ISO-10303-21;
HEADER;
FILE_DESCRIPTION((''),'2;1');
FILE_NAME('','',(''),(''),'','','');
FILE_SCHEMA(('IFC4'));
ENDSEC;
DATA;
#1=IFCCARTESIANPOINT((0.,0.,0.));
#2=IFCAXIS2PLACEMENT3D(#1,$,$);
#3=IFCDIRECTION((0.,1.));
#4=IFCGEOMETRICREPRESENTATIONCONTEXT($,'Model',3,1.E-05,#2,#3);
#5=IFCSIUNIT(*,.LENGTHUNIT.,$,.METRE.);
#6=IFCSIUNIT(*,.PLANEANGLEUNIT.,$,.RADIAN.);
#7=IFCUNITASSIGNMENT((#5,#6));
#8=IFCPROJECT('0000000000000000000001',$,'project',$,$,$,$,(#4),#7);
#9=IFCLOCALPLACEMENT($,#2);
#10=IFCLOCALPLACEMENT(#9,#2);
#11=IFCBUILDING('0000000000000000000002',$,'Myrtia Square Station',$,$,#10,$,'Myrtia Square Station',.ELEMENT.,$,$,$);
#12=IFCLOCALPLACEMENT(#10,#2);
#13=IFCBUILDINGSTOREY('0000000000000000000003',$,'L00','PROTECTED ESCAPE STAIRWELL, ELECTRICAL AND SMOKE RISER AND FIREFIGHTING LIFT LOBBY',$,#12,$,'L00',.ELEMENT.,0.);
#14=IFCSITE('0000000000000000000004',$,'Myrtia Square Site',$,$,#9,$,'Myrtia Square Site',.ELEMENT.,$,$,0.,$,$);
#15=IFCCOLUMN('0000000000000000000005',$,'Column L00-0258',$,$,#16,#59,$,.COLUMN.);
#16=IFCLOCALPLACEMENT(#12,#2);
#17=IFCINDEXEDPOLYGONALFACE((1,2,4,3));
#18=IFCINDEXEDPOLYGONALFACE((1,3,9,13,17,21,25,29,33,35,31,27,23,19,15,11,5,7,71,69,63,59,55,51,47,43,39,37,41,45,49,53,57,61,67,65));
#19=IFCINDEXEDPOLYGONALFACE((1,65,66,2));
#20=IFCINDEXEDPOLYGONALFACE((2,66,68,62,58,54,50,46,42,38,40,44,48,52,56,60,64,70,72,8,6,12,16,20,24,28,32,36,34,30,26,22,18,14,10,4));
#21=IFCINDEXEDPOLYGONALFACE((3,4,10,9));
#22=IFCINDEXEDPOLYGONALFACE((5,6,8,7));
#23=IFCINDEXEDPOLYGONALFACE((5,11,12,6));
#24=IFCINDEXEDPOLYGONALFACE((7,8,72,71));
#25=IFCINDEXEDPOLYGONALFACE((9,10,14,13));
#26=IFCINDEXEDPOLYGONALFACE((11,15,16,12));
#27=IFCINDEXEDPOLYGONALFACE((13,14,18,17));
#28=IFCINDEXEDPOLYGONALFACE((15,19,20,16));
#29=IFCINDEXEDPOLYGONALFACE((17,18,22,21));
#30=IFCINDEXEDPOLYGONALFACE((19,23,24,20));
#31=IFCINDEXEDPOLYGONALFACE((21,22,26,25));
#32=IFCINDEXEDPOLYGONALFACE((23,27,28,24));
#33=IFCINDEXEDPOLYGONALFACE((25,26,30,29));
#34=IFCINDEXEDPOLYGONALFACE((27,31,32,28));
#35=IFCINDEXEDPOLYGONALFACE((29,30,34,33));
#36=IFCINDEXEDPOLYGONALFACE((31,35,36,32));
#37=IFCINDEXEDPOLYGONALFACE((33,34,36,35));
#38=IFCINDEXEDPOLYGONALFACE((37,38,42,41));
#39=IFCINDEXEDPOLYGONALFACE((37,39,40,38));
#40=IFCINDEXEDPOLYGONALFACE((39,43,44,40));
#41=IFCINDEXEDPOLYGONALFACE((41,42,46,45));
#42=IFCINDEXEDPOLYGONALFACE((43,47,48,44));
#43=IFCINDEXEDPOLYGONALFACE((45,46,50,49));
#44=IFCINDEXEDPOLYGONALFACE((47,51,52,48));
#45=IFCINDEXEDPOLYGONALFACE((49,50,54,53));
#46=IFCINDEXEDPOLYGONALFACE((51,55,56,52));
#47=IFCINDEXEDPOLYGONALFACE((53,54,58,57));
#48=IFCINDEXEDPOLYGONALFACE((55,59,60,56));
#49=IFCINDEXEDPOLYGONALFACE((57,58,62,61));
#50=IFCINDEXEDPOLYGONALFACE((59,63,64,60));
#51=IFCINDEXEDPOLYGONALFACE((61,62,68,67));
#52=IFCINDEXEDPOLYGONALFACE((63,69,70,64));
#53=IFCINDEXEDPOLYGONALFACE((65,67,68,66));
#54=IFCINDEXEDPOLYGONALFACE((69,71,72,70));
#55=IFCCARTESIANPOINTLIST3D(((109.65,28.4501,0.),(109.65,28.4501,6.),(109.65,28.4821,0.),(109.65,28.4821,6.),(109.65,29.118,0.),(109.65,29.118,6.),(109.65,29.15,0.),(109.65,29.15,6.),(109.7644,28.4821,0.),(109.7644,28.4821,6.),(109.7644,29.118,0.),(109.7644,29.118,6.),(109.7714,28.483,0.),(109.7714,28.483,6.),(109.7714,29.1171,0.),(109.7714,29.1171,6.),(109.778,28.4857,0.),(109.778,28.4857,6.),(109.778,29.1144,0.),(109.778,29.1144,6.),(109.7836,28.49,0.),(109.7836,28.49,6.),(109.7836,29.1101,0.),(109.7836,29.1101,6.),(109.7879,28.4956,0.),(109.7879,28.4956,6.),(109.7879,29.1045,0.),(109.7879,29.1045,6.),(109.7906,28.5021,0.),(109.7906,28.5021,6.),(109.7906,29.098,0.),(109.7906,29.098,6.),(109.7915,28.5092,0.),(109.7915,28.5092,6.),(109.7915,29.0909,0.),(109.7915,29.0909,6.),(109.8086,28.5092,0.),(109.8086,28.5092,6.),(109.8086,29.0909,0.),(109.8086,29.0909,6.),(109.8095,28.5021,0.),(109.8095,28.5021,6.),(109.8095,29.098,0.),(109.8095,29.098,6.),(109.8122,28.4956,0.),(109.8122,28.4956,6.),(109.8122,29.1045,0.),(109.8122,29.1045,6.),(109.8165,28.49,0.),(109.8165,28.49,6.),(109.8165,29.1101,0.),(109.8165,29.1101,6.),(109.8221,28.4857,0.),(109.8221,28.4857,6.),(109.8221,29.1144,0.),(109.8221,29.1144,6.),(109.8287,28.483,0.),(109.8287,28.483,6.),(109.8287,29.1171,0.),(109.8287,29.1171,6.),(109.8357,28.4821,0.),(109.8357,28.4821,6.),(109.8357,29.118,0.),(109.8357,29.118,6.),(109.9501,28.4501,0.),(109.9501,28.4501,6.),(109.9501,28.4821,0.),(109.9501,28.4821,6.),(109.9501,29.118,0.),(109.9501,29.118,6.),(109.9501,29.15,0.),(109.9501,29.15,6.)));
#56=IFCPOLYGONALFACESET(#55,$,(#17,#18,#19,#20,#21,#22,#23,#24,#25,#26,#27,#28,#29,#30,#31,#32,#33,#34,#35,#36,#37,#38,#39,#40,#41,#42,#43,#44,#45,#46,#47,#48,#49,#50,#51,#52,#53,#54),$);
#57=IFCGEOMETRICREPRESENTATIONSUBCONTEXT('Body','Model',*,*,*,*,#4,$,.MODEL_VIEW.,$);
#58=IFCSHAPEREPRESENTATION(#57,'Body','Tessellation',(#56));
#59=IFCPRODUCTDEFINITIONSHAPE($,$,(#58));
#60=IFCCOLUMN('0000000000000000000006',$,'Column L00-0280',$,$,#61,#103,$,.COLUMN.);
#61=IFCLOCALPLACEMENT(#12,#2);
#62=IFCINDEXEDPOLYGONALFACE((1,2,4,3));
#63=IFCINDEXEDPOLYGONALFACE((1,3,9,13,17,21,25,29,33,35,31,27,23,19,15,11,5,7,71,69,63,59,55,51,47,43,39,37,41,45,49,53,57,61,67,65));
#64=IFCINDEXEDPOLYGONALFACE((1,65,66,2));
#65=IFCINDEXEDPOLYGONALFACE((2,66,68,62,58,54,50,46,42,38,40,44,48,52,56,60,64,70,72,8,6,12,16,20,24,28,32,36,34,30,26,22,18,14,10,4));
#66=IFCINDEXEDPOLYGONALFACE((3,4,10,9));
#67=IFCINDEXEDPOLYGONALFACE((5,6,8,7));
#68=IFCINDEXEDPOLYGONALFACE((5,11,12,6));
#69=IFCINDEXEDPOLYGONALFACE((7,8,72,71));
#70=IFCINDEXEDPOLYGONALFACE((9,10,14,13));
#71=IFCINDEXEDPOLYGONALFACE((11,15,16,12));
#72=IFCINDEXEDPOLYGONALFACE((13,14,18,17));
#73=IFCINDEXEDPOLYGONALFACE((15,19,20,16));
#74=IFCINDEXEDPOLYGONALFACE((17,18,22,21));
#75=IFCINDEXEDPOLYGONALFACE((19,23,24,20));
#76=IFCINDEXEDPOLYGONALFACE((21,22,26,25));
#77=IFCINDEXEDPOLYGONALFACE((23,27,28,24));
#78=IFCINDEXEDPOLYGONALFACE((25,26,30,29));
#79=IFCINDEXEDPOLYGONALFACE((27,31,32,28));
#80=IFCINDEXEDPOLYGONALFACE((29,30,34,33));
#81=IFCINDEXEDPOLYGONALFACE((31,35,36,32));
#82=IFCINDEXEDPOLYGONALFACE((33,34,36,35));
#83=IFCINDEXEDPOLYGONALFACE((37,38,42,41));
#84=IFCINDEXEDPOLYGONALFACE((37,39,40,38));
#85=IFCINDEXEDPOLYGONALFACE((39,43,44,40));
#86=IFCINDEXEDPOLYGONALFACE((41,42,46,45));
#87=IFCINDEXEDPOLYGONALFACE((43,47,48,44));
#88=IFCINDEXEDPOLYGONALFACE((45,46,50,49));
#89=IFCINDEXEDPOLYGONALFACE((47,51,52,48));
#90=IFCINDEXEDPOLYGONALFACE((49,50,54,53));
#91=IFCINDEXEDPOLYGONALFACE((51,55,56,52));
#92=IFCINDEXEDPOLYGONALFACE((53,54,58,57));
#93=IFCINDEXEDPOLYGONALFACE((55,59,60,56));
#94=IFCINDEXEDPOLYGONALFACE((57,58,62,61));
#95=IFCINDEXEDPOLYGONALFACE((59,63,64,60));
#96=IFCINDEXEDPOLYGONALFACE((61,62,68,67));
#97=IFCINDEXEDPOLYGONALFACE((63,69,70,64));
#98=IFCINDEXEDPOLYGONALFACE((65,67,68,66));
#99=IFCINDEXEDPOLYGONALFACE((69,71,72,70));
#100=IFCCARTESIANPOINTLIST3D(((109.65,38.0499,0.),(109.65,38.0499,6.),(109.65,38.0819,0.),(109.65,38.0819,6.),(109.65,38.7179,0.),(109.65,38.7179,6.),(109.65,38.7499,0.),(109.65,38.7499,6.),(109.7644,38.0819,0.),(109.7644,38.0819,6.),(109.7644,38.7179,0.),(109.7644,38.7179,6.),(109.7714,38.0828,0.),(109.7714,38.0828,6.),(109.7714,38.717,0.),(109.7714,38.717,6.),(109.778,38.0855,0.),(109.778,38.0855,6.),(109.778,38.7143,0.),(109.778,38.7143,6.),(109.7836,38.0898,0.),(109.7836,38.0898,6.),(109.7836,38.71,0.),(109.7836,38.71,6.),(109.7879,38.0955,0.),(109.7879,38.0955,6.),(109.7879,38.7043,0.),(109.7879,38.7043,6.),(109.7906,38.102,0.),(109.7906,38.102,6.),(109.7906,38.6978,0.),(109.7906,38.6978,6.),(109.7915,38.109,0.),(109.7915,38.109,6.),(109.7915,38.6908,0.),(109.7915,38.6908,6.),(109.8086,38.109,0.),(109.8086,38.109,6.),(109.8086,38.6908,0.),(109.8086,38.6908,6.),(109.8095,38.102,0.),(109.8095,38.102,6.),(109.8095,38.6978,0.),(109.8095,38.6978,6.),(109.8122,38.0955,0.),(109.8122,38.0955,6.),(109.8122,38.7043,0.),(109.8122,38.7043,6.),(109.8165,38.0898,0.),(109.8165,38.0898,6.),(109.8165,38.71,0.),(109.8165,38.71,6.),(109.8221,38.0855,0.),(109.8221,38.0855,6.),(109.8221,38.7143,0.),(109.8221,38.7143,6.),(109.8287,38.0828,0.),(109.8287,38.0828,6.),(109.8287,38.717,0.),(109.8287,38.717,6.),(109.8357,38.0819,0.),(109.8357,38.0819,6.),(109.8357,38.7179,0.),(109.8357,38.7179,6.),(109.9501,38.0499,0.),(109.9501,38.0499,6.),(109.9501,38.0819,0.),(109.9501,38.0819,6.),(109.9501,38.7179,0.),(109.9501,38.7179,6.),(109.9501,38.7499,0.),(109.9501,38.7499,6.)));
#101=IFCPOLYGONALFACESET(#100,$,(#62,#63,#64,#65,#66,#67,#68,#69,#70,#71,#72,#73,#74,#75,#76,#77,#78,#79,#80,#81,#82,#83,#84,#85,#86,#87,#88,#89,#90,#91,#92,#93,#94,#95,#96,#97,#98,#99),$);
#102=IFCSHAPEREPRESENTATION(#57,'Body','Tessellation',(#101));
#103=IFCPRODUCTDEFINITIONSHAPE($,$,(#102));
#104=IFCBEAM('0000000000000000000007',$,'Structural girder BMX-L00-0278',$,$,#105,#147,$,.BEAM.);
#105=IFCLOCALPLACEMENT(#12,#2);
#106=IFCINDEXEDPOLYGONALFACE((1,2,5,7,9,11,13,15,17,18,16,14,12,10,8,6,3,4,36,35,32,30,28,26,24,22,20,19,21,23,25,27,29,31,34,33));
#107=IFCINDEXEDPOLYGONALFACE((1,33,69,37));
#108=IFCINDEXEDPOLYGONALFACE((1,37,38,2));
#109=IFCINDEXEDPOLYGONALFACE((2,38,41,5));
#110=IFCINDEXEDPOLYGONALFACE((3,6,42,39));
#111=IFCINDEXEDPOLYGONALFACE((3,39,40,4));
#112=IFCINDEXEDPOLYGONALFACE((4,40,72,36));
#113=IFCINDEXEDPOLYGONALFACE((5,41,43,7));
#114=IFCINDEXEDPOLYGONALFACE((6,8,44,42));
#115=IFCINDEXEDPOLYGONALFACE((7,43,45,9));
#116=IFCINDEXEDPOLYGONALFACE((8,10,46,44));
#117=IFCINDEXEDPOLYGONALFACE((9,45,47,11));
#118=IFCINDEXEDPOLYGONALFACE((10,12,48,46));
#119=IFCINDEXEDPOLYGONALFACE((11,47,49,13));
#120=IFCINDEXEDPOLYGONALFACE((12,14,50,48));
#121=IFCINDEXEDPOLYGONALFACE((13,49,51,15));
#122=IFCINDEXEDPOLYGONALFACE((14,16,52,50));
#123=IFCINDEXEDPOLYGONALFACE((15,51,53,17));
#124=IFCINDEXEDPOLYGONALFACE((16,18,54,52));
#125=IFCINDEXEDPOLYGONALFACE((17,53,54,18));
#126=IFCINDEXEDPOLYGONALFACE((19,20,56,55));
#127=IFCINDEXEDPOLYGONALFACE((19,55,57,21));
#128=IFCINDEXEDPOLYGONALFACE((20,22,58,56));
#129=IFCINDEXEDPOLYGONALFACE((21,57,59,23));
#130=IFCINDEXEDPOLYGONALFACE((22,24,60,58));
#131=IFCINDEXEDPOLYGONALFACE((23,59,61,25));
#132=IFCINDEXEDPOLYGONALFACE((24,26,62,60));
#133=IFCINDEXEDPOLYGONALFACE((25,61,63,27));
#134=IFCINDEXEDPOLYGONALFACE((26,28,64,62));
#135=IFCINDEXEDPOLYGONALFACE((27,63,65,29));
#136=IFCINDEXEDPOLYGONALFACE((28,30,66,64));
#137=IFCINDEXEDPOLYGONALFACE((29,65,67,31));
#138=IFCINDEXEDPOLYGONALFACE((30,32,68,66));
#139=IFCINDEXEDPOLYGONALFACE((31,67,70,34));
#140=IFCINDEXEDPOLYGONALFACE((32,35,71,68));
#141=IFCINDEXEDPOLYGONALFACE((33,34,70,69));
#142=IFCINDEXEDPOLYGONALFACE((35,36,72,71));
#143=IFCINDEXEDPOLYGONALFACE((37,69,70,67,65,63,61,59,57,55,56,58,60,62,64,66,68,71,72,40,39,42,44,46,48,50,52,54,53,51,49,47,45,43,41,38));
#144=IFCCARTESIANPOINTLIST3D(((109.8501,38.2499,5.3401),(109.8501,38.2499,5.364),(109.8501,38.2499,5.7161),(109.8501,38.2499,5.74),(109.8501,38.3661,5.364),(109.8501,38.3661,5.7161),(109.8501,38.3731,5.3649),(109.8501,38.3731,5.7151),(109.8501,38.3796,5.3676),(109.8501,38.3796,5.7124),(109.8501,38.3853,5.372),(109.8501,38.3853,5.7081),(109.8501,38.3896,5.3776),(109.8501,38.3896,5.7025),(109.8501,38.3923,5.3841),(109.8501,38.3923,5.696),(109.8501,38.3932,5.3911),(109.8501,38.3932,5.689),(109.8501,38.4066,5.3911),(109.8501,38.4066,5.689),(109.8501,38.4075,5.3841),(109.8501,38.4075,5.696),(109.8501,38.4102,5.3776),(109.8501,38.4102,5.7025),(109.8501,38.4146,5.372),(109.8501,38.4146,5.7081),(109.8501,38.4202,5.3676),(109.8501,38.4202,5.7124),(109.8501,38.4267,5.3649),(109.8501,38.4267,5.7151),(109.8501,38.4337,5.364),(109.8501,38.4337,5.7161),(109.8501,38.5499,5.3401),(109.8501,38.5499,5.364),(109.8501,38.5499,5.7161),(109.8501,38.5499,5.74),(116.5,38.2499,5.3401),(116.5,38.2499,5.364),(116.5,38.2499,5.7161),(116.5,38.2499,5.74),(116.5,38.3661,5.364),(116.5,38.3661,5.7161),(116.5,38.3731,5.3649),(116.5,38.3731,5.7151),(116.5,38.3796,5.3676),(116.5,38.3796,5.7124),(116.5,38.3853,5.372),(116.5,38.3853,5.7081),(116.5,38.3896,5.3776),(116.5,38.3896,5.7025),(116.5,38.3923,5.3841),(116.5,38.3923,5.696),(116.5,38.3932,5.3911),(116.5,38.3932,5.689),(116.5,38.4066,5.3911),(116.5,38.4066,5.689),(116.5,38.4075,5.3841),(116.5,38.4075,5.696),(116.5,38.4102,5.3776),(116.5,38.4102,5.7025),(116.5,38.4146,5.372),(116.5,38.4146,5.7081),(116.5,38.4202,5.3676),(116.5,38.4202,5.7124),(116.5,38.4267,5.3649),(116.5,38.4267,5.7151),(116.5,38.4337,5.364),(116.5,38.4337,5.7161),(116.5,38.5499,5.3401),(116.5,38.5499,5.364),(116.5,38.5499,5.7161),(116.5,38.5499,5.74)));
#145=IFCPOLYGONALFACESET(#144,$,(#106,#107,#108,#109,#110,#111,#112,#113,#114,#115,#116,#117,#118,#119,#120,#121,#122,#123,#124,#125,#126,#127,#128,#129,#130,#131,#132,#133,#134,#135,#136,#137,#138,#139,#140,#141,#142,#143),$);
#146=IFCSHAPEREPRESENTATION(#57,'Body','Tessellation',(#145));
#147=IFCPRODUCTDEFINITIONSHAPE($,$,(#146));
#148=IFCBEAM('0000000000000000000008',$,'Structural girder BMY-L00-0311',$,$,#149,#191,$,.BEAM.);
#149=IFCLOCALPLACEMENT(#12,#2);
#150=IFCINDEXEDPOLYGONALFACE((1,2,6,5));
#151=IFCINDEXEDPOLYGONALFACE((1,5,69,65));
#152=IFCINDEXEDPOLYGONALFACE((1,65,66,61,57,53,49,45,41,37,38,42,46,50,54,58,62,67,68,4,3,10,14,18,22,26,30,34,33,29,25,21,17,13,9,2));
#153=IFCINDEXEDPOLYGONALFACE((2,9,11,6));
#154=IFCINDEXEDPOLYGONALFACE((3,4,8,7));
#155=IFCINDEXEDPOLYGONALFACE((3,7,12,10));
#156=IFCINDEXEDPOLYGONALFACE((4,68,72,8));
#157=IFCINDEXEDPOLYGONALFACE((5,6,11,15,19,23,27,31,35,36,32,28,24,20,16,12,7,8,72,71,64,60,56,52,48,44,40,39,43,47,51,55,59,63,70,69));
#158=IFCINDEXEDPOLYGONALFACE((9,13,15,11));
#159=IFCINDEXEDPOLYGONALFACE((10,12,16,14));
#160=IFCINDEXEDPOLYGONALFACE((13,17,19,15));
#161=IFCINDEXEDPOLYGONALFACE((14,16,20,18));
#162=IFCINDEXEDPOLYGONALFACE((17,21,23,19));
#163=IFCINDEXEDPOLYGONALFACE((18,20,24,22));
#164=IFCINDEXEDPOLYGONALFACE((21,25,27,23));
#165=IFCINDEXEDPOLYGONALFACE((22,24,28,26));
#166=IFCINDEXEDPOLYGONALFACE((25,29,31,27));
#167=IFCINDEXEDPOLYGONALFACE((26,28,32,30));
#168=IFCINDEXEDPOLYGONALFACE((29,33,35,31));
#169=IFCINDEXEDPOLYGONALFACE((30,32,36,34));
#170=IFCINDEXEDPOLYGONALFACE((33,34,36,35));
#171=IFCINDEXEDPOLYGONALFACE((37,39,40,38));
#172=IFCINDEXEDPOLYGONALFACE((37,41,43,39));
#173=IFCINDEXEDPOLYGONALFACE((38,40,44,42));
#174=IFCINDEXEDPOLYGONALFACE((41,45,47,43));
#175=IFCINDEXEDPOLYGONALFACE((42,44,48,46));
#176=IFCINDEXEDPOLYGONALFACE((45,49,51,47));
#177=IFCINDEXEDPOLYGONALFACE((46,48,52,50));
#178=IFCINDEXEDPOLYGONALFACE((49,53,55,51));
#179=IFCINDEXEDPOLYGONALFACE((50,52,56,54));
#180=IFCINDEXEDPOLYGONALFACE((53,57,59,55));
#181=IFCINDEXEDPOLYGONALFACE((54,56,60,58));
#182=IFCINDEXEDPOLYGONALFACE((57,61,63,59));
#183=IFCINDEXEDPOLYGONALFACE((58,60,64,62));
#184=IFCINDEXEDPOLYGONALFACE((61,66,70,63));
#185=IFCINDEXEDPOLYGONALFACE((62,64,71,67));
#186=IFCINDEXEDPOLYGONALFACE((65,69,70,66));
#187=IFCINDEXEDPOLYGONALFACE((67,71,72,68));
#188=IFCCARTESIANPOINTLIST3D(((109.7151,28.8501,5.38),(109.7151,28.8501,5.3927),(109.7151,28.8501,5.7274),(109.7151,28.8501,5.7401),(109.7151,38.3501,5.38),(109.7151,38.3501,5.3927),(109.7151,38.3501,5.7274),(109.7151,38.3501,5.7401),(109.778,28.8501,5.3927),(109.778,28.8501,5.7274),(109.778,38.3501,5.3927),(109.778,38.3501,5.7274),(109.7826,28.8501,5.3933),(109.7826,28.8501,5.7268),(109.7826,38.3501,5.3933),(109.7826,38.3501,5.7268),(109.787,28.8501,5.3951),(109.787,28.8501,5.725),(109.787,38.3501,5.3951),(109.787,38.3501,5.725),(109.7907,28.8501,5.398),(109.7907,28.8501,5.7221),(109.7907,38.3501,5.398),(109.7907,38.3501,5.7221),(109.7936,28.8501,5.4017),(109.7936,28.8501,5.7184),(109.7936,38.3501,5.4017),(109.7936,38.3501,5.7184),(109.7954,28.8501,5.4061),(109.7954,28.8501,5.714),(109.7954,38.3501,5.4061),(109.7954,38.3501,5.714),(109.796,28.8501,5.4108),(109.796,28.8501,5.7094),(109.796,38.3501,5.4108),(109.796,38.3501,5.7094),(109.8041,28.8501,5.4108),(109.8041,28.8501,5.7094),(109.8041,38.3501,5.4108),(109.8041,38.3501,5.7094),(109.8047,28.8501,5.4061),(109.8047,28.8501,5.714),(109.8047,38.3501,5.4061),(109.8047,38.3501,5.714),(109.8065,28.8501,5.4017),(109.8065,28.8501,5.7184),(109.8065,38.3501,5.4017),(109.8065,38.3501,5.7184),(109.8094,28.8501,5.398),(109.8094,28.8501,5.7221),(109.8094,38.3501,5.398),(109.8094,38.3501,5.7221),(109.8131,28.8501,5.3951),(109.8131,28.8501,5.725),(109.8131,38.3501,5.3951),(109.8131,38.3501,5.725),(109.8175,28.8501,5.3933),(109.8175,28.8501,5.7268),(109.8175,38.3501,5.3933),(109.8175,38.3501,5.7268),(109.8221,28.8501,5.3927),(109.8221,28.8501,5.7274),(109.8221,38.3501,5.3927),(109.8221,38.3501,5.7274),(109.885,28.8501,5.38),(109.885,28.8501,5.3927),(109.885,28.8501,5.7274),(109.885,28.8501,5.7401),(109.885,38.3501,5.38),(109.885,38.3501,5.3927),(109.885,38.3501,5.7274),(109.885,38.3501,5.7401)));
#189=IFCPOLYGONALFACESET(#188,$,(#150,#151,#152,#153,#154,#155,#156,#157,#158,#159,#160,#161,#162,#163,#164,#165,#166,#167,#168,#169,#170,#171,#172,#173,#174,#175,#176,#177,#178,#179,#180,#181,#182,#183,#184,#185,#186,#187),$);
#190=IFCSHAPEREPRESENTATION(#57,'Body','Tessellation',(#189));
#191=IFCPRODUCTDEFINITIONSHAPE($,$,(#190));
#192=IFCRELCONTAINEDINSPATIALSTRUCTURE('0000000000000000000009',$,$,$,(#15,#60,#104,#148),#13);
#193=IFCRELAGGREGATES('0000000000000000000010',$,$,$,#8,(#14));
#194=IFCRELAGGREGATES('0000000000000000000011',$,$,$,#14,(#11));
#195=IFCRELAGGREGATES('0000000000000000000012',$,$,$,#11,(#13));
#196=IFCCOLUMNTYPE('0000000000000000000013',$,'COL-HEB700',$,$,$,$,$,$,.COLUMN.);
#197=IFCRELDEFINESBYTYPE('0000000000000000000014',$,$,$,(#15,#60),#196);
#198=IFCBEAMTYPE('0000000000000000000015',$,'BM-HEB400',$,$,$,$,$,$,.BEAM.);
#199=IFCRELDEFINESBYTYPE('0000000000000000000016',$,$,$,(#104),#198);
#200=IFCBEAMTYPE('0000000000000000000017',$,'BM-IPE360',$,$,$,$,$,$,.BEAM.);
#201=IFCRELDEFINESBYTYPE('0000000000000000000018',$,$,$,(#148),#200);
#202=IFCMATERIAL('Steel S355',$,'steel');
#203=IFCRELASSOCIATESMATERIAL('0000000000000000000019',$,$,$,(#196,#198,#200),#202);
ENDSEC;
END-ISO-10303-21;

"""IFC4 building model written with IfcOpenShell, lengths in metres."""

from ifc_helpers import new_model, si_unit, direction, frame, origin, origin_2d, place, context, subcontext, project, spatial, i_section, extrude, material, material_profile, profile_set, type_object, element, save


model = new_model("IFC4")

# Units and contexts
model_context = context("Model", 3, precision=1e-05, world=origin(), true_north=direction((0.0, 1.0)))
body_context = subcontext(model_context, "Body", "Model", "MODEL_VIEW")
ifc_project = project(units=[si_unit("LENGTHUNIT", "METRE"), si_unit("PLANEANGLEUNIT", "RADIAN")], contexts=[model_context])

# Site, building, storey
site_placement = place(None, origin())
site = spatial("IfcSite", under=ifc_project, at=site_placement, Name="Myrtia Square Site", LongName="Myrtia Square Site", CompositionType="ELEMENT", RefElevation=0.0)
building_placement = place(site_placement, origin())
building = spatial("IfcBuilding", under=site, at=building_placement, Name="Myrtia Square Station", LongName="Myrtia Square Station", CompositionType="ELEMENT")
storey_placement = place(building_placement, origin())
storey = spatial("IfcBuildingStorey", under=building, at=storey_placement, Name="L00", Description="PROTECTED ESCAPE STAIRWELL, ELECTRICAL AND SMOKE RISER AND FIREFIGHTING LIFT LOBBY", LongName="L00", CompositionType="ELEMENT", Elevation=0.0)

# Columns
ifc_material_1 = material(Name="Steel S355", Category="steel")
ifc_material_profile_1 = material_profile(ifc_material_1, i_section(OverallWidth=0.3, OverallDepth=0.7, WebThickness=0.0171, FlangeThickness=0.032, FilletRadius=0.0271, at=origin_2d()), Name="HEB 700")
ifc_profile_set_1 = profile_set([ifc_material_profile_1], Name="Steel S355")
column_type = type_object("IfcColumnType", Name="COL-HEB700", PredefinedType="COLUMN", material=ifc_profile_set_1)
for number, where, z_axis, x_axis, name in (
    (1, (109.8, 28.8, 0.0), (0.0, 0.0, 1.0), (1.0, 0.0, 0.0), "Column L00-0258"),
    (2, (109.8, 38.3999, 0.0), (0.0, 0.0, 1.0), (1.0, 0.0, 0.0), "Column L00-0280"),
):
    element("IfcColumn", number, at=place(storey_placement, frame(where, z_axis=z_axis, x_axis=x_axis)), inside=storey, type_object=column_type, Name=name, PredefinedType="COLUMN", context=body_context, shape_type="SweptSolid", body=[
        extrude(i_section(OverallWidth=0.3, OverallDepth=0.7, WebThickness=0.0171, FlangeThickness=0.032, FilletRadius=0.0271, at=origin_2d()), origin(), (0.0, 0.0, 1.0), 6.0),
    ])

# Beams
ifc_material_profile_2 = material_profile(ifc_material_1, i_section(OverallWidth=0.3, OverallDepth=0.3999, WebThickness=0.0134, FlangeThickness=0.0239, FilletRadius=0.0271, at=origin_2d()), Name="HEB 400")
ifc_profile_set_2 = profile_set([ifc_material_profile_2], Name="Steel S355")
beam_type_1 = type_object("IfcBeamType", Name="BM-HEB400", PredefinedType="BEAM", material=ifc_profile_set_2)
beam_1_placement = place(storey_placement, frame((109.8501, 38.3999, 5.54), z_axis=(1.0, 0.0, 0.0), x_axis=(0.0, 1.0, 0.0)))
element("IfcBeam", 3, at=beam_1_placement, inside=storey, type_object=beam_type_1, Name="Structural girder BMX-L00-0278", PredefinedType="BEAM", context=body_context, shape_type="SweptSolid", body=[
    extrude(i_section(OverallWidth=0.3, OverallDepth=0.3999, WebThickness=0.0134, FlangeThickness=0.0239, FilletRadius=0.0271, at=origin_2d()), origin(), (0.0, 0.0, 1.0), 6.6499),
])
ifc_material_profile_3 = material_profile(ifc_material_1, i_section(OverallWidth=0.1699, OverallDepth=0.3601, WebThickness=0.0081, FlangeThickness=0.0127, FilletRadius=0.0181, at=origin_2d()), Name="IPE 360")
ifc_profile_set_3 = profile_set([ifc_material_profile_3], Name="Steel S355")
beam_type_2 = type_object("IfcBeamType", Name="BM-IPE360", PredefinedType="BEAM", material=ifc_profile_set_3)
for number, where, z_axis, x_axis, name in (
    (4, (109.8, 28.8501, 5.5601), (0.0, 1.0, 0.0), (-1.0, 0.0, 0.0), "Structural girder BMY-L00-0311"),
):
    element("IfcBeam", number, at=place(storey_placement, frame(where, z_axis=z_axis, x_axis=x_axis)), inside=storey, type_object=beam_type_2, Name=name, PredefinedType="BEAM", context=body_context, shape_type="SweptSolid", body=[
        extrude(i_section(OverallWidth=0.1699, OverallDepth=0.3601, WebThickness=0.0081, FlangeThickness=0.0127, FilletRadius=0.0181, at=origin_2d()), origin(), (0.0, 0.0, 1.0), 9.5),
    ])

save(model, "model.ifc")
